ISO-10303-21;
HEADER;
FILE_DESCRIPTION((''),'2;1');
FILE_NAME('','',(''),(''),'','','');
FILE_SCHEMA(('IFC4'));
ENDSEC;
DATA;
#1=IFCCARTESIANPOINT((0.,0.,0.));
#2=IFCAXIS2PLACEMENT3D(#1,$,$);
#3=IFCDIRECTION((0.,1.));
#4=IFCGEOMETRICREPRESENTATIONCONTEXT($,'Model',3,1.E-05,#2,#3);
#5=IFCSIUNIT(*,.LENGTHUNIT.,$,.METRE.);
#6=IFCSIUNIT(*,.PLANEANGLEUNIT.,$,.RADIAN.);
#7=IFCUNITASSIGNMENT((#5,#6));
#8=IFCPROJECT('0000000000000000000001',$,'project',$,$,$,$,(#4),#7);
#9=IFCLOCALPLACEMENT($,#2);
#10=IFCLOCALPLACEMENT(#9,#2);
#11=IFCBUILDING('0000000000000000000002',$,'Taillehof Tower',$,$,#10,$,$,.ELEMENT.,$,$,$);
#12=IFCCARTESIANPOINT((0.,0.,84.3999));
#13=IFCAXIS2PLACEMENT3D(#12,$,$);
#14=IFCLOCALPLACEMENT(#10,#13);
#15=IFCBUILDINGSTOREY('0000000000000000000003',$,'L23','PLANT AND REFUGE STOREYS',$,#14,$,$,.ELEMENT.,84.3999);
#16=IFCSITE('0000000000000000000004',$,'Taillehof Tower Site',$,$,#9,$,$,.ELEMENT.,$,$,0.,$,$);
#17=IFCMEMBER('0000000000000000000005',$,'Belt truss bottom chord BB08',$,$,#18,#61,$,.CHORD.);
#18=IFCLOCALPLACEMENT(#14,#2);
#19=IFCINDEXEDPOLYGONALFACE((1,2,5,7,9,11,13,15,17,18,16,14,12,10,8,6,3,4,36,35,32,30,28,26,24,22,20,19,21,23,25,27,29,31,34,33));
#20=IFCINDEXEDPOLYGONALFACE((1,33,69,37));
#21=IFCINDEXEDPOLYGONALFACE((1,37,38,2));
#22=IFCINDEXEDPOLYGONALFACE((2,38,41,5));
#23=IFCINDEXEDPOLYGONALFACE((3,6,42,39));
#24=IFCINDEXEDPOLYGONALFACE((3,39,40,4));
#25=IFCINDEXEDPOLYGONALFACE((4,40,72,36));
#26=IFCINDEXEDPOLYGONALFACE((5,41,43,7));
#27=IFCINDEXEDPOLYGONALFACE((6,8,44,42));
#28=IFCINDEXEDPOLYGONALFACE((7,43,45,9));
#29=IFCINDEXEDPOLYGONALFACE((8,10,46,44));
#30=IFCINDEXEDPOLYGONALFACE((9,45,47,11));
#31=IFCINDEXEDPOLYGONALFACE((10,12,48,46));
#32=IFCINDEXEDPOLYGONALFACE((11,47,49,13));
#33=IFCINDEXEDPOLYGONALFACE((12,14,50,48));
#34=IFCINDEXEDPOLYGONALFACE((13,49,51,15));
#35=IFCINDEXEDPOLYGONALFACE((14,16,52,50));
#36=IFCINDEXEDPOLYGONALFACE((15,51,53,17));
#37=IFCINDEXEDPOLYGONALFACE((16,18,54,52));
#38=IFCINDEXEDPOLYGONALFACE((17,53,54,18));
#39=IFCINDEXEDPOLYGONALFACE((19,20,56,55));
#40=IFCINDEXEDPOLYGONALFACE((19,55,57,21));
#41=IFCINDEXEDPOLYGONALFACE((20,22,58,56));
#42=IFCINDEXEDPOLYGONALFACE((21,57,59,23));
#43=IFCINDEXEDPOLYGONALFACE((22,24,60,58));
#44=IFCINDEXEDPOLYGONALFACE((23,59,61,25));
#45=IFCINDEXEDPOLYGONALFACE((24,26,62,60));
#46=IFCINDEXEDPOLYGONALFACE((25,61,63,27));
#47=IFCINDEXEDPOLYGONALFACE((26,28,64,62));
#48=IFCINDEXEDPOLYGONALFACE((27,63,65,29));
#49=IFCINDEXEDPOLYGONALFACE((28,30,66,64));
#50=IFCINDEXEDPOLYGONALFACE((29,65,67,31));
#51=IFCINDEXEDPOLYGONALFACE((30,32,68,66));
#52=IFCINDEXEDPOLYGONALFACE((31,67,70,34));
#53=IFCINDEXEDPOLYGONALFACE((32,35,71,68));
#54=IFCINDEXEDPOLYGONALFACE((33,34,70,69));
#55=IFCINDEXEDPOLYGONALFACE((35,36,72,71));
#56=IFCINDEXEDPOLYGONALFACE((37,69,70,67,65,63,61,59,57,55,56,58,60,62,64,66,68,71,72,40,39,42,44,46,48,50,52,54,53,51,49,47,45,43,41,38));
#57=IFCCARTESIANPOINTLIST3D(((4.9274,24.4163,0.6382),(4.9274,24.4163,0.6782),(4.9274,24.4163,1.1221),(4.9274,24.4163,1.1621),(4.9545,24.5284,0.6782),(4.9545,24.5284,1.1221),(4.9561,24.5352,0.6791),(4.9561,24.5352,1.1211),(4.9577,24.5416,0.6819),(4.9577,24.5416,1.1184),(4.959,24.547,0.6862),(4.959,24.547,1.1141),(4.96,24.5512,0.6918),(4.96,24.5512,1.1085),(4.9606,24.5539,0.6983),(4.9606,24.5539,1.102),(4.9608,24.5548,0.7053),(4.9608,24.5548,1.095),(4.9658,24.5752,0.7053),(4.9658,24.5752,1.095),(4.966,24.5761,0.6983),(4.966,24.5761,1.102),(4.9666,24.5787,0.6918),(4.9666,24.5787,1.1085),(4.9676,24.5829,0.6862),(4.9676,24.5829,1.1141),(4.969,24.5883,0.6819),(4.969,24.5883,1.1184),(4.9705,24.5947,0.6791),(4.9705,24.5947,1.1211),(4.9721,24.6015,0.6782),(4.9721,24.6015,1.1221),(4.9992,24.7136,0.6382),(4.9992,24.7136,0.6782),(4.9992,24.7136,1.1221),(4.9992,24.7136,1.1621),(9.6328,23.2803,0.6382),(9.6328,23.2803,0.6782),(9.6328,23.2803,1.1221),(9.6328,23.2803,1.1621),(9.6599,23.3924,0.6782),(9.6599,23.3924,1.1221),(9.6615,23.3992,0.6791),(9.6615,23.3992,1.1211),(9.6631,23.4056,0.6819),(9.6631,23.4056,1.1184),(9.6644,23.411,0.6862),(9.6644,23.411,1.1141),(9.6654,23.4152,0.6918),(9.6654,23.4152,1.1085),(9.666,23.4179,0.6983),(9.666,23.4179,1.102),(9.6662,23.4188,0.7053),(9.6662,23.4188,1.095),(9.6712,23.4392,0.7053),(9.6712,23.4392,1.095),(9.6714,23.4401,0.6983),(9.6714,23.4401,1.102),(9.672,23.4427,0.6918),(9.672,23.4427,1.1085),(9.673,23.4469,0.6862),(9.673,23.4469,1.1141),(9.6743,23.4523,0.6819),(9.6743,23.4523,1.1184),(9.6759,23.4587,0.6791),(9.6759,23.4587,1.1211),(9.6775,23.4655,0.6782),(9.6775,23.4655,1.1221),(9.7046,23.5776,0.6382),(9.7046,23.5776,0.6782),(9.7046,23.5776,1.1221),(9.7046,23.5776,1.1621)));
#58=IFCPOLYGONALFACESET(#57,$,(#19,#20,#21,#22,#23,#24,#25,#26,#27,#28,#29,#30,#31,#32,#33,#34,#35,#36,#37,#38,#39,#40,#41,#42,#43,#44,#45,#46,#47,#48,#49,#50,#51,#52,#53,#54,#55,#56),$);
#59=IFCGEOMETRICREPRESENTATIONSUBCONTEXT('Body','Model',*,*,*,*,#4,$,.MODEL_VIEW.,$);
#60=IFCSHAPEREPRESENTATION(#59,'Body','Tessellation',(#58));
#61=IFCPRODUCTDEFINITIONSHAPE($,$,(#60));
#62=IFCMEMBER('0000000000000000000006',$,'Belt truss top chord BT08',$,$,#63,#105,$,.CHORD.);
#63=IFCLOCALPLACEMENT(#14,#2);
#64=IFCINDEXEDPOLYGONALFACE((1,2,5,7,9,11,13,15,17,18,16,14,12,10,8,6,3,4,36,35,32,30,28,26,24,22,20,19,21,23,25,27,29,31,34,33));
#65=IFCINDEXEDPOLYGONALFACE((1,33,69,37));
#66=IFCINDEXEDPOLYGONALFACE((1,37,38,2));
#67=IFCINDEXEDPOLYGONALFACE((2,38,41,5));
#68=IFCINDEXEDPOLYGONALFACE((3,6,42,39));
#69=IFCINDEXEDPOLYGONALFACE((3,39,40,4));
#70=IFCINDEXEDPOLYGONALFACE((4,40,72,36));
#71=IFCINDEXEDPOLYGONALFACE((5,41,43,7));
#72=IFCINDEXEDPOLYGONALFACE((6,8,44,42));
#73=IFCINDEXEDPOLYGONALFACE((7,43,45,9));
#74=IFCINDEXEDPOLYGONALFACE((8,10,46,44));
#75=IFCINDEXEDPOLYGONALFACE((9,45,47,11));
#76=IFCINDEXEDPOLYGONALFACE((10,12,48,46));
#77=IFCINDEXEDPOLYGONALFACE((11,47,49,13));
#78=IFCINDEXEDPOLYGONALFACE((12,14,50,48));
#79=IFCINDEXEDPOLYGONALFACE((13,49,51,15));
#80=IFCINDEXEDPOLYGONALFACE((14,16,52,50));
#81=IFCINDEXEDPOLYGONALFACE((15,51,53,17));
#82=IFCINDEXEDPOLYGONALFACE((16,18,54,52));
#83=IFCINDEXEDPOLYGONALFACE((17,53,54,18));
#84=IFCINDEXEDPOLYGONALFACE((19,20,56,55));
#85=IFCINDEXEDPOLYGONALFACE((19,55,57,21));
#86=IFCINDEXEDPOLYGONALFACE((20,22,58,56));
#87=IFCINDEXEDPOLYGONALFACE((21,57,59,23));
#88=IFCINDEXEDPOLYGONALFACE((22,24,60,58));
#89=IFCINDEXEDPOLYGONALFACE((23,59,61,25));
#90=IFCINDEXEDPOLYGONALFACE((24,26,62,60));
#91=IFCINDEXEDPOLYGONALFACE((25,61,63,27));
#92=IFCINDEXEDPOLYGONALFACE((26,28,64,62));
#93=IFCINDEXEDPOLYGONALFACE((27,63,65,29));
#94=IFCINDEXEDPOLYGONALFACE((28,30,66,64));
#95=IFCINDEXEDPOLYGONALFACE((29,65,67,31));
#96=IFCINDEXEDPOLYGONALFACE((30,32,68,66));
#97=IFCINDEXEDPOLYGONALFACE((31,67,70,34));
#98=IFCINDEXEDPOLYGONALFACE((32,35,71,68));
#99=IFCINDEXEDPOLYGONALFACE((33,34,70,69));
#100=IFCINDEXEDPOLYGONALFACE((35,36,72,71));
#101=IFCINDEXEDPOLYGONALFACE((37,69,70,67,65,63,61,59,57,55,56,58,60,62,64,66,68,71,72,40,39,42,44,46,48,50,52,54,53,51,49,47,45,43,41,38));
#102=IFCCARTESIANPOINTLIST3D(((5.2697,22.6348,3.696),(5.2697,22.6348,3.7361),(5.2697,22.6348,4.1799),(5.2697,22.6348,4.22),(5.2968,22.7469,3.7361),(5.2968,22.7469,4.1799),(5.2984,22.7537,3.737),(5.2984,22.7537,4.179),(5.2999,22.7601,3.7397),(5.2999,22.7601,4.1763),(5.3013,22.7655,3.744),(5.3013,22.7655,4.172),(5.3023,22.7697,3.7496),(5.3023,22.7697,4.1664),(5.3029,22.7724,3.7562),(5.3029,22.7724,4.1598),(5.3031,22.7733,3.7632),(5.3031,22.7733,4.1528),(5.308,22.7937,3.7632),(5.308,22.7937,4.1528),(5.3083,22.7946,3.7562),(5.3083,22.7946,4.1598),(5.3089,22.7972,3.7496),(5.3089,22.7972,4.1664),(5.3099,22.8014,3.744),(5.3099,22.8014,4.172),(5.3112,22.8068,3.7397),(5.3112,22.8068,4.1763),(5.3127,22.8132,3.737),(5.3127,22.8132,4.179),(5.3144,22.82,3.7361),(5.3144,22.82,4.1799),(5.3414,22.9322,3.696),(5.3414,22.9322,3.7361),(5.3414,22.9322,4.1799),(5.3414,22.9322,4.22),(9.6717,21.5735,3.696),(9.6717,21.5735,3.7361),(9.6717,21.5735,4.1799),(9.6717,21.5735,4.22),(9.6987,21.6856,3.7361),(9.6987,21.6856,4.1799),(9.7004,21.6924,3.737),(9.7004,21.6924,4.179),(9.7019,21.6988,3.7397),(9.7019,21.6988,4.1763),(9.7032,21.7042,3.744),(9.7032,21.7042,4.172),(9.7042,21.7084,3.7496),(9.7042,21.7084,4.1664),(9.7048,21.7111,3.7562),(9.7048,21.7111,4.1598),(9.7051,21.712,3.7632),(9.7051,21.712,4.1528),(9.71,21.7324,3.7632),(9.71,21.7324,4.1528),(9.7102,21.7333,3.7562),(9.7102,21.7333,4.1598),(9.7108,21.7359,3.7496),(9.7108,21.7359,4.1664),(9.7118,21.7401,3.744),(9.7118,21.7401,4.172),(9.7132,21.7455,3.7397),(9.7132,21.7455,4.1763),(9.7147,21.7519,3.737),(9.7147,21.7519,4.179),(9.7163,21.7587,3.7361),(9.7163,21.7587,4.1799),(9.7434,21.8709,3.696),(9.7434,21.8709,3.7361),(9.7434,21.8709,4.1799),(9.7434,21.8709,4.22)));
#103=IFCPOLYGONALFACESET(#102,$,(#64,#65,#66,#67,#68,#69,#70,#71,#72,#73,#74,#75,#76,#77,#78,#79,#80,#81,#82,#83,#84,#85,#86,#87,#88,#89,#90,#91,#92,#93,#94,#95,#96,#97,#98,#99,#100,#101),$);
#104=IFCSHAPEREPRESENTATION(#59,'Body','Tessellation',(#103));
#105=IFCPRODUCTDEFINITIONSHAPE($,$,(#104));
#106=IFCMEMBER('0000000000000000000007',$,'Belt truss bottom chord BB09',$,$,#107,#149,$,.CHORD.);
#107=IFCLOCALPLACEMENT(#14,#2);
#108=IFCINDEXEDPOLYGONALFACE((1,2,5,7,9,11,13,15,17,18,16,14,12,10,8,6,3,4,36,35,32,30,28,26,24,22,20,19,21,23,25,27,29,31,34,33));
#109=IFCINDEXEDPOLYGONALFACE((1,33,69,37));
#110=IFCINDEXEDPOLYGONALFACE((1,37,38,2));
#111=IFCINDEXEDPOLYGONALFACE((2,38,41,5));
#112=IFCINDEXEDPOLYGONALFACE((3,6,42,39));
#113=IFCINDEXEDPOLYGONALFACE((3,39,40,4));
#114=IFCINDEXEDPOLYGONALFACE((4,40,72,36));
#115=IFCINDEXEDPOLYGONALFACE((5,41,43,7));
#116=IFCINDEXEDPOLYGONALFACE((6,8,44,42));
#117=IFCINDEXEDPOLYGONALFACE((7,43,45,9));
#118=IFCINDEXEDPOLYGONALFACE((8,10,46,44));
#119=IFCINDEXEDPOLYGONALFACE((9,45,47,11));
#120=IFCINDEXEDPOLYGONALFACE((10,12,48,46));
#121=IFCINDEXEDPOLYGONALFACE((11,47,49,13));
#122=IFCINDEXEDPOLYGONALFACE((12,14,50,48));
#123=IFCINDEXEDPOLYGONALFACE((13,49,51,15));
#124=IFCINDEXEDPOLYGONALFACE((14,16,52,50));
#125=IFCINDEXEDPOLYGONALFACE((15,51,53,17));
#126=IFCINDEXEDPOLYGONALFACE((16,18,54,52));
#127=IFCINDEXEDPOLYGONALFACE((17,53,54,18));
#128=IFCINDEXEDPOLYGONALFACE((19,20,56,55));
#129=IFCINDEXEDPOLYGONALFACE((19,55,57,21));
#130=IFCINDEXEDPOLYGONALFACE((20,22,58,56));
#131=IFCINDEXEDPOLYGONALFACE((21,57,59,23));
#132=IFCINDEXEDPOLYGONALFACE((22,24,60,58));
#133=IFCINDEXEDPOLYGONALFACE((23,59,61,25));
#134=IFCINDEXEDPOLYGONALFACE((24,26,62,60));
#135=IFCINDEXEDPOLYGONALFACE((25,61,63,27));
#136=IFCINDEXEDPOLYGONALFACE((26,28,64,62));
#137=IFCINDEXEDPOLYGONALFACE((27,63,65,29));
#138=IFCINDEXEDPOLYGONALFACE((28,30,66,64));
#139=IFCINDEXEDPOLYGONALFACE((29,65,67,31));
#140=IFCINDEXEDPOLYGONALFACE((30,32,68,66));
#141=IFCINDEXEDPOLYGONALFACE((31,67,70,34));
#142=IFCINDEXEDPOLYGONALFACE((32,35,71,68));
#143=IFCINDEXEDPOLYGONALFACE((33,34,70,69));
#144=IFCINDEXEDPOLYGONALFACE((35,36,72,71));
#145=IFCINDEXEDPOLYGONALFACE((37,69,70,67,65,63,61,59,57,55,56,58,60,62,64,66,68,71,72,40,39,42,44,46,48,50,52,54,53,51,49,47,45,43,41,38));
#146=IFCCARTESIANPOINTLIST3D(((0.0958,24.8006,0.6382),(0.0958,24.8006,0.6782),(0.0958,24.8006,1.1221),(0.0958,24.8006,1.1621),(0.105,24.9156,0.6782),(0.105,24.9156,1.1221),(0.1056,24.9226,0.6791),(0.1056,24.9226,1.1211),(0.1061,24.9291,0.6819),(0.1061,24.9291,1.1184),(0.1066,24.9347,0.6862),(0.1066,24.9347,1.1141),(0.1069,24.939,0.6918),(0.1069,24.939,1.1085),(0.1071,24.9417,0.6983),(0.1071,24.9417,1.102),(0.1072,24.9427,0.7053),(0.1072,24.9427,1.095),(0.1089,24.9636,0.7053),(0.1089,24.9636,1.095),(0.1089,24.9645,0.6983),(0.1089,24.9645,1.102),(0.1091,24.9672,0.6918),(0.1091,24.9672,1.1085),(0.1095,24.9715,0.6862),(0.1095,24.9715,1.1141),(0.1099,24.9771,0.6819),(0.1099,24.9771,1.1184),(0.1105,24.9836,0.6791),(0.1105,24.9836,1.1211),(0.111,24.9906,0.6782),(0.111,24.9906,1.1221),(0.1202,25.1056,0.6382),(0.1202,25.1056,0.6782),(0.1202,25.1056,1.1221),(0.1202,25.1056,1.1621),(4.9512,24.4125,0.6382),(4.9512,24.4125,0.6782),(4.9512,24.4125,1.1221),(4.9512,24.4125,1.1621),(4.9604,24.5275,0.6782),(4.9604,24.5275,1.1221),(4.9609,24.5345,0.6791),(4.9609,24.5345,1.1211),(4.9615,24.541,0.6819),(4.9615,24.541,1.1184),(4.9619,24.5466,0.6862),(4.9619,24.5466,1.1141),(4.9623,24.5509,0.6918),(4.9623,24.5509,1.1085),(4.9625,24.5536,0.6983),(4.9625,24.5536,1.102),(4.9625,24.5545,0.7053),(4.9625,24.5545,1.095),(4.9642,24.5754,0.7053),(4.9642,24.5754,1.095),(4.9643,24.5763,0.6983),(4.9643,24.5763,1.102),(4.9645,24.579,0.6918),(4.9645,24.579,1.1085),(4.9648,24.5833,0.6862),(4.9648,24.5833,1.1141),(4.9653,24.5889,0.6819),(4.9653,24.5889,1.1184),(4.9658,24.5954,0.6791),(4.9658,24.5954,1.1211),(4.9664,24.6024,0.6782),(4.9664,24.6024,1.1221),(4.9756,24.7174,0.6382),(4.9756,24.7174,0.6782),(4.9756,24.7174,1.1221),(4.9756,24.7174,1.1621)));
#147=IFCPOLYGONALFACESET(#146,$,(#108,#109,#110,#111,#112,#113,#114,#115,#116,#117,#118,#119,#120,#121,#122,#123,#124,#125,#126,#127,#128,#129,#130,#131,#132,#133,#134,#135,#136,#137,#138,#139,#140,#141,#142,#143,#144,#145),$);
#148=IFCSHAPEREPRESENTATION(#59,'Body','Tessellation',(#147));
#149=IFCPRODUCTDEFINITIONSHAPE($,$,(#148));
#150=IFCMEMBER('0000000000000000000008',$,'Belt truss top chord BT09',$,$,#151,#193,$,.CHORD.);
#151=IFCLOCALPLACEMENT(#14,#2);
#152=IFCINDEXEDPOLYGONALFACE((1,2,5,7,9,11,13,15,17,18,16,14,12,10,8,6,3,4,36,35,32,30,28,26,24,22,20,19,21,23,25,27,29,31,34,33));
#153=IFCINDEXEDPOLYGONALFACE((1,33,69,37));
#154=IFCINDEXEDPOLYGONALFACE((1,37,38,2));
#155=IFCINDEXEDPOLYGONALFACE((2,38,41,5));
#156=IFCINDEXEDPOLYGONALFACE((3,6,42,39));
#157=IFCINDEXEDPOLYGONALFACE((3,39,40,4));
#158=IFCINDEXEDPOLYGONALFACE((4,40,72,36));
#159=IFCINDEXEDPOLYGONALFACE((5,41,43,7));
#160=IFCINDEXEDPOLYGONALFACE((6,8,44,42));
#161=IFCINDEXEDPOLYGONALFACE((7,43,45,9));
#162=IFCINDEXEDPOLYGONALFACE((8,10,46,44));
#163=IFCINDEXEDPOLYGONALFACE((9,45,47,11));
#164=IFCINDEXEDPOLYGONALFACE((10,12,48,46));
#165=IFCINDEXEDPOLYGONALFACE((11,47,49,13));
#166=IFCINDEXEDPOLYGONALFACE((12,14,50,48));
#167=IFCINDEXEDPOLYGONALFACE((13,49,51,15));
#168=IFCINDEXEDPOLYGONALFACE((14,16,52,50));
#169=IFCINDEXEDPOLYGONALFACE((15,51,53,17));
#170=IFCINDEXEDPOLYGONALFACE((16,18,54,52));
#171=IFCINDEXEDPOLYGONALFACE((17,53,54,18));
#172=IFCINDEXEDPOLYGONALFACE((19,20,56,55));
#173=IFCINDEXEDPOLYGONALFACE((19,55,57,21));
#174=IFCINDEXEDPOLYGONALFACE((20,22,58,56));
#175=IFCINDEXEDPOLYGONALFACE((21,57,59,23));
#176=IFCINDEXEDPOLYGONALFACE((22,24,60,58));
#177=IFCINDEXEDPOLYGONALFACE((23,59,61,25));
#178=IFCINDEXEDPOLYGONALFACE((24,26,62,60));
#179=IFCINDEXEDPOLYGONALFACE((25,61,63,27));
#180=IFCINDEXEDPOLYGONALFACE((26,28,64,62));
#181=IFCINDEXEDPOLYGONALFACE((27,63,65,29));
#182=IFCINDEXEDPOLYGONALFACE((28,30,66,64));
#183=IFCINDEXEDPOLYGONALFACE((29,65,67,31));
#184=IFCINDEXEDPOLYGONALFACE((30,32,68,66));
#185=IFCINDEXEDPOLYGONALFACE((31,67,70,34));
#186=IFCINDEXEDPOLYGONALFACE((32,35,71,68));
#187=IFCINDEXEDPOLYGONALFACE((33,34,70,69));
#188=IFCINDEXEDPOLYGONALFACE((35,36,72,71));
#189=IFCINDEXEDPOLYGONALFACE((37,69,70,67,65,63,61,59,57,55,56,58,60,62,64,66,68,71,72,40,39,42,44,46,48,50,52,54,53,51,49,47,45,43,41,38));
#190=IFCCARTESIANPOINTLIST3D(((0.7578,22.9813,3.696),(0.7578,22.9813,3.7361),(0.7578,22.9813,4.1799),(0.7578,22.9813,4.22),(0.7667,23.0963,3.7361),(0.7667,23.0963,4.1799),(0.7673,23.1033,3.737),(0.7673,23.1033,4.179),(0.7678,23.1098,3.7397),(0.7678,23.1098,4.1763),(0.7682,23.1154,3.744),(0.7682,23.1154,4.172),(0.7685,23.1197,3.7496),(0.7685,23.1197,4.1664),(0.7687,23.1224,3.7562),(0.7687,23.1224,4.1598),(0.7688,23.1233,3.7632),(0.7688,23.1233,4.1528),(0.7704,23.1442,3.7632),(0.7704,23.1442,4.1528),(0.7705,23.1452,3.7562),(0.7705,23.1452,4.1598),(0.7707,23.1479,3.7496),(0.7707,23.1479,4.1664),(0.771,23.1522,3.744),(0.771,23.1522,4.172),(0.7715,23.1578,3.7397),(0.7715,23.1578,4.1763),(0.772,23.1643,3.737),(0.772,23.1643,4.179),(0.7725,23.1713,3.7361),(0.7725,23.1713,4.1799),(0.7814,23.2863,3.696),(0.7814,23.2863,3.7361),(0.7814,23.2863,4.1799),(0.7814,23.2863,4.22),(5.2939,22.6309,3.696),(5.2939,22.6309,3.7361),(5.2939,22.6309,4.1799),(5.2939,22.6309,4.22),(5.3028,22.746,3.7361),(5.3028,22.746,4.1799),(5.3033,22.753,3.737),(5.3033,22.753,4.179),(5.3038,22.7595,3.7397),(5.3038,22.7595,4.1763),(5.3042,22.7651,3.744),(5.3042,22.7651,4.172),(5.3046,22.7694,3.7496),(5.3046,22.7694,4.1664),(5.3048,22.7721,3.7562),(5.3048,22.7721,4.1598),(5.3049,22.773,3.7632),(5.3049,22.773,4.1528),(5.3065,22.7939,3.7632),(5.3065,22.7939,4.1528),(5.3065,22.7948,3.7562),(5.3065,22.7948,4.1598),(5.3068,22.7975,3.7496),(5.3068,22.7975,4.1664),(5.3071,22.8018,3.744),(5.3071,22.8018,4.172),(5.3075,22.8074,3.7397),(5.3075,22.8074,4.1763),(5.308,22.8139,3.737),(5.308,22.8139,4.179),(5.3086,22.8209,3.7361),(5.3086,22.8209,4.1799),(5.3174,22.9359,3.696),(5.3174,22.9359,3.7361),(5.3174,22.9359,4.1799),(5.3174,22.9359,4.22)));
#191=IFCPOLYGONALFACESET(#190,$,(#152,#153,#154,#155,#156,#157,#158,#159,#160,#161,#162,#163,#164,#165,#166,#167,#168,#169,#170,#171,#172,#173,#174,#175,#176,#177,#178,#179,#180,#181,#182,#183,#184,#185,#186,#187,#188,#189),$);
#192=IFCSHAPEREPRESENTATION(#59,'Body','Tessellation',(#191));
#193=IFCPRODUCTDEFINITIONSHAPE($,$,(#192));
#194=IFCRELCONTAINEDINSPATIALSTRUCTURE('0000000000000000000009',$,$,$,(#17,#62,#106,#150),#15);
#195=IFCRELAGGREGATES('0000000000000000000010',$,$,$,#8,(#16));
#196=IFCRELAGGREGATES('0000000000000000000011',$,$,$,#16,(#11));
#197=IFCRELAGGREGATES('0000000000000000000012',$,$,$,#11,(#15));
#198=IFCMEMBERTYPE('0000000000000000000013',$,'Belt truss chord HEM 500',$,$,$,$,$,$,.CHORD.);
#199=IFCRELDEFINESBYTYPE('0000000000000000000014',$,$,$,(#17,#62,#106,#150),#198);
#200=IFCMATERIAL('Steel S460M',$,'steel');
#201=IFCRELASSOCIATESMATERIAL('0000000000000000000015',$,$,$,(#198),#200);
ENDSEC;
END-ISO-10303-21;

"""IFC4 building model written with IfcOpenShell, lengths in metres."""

from ifc_helpers import new_model, si_unit, direction, frame, origin, origin_2d, place, context, subcontext, project, spatial, i_section, extrude, material, material_profile, profile_set, type_object, element, save


model = new_model("IFC4")

# Units and contexts
model_context = context("Model", 3, precision=1e-05, world=origin(), true_north=direction((0.0, 1.0)))
body_context = subcontext(model_context, "Body", "Model", "MODEL_VIEW")
ifc_project = project(units=[si_unit("LENGTHUNIT", "METRE"), si_unit("PLANEANGLEUNIT", "RADIAN")], contexts=[model_context])

# Site, building, storey
site_placement = place(None, origin())
site = spatial("IfcSite", under=ifc_project, at=site_placement, Name="Taillehof Tower Site", CompositionType="ELEMENT", RefElevation=0.0)
building_placement = place(site_placement, origin())
building = spatial("IfcBuilding", under=site, at=building_placement, Name="Taillehof Tower", CompositionType="ELEMENT")
storey_placement = place(building_placement, frame((0.0, 0.0, 84.3999)))
storey = spatial("IfcBuildingStorey", under=building, at=storey_placement, Name="L23", Description="PLANT AND REFUGE STOREYS", CompositionType="ELEMENT", Elevation=84.3999)

# Members
ifc_material_1 = material(Name="Steel S460M", Category="steel")
ifc_material_profile_1 = material_profile(ifc_material_1, i_section(OverallWidth=0.3059, OverallDepth=0.5239, WebThickness=0.021, FlangeThickness=0.04, FilletRadius=0.0271, at=origin_2d()), Name="HEM 500")
ifc_profile_set_1 = profile_set([ifc_material_profile_1], Name="Steel S460M")
member_type_1 = type_object("IfcMemberType", Name="Belt truss chord HEM 500", PredefinedType="CHORD", material=ifc_profile_set_1)
member_1_placement = place(storey_placement, frame((9.6687, 23.429, 0.9001), z_axis=(-0.972072, 0.234683, 0.0), x_axis=(-0.234683, -0.972072, 0.0)))
element("IfcMember", 1, at=member_1_placement, inside=storey, type_object=member_type_1, Name="Belt truss bottom chord BB08", PredefinedType="CHORD", context=body_context, shape_type="SweptSolid", body=[
    extrude(i_section(OverallWidth=0.3059, OverallDepth=0.5239, WebThickness=0.021, FlangeThickness=0.04, FilletRadius=0.0271, at=origin_2d()), origin(), (0.0, 0.0, 1.0), 4.8406),
])
member_2_placement = place(storey_placement, frame((9.7075, 21.7222, 3.958), z_axis=(-0.972145, 0.234382, 0.0), x_axis=(-0.234382, -0.972145, 0.0)))
element("IfcMember", 2, at=member_2_placement, inside=storey, type_object=member_type_1, Name="Belt truss top chord BT08", PredefinedType="CHORD", context=body_context, shape_type="SweptSolid", body=[
    extrude(i_section(OverallWidth=0.3059, OverallDepth=0.5239, WebThickness=0.021, FlangeThickness=0.04, FilletRadius=0.0271, at=origin_2d()), origin(), (0.0, 0.0, 1.0), 4.5281),
])
member_3_placement = place(storey_placement, frame((4.9634, 24.5649, 0.9001), z_axis=(-0.996819, 0.079693, 0.0), x_axis=(-0.079693, -0.996819, 0.0)))
element("IfcMember", 3, at=member_3_placement, inside=storey, type_object=member_type_1, Name="Belt truss bottom chord BB09", PredefinedType="CHORD", context=body_context, shape_type="SweptSolid", body=[
    extrude(i_section(OverallWidth=0.3059, OverallDepth=0.5239, WebThickness=0.021, FlangeThickness=0.04, FilletRadius=0.0271, at=origin_2d()), origin(), (0.0, 0.0, 1.0), 4.8708),
])
member_4_placement = place(storey_placement, frame((5.3057, 22.7834, 3.958), z_axis=(-0.997031, 0.077004, 0.0), x_axis=(-0.077004, -0.997031, 0.0)))
element("IfcMember", 4, at=member_4_placement, inside=storey, type_object=member_type_1, Name="Belt truss top chord BT09", PredefinedType="CHORD", context=body_context, shape_type="SweptSolid", body=[
    extrude(i_section(OverallWidth=0.3059, OverallDepth=0.5239, WebThickness=0.021, FlangeThickness=0.04, FilletRadius=0.0271, at=origin_2d()), origin(), (0.0, 0.0, 1.0), 4.5496),
])

save(model, "model.ifc")
